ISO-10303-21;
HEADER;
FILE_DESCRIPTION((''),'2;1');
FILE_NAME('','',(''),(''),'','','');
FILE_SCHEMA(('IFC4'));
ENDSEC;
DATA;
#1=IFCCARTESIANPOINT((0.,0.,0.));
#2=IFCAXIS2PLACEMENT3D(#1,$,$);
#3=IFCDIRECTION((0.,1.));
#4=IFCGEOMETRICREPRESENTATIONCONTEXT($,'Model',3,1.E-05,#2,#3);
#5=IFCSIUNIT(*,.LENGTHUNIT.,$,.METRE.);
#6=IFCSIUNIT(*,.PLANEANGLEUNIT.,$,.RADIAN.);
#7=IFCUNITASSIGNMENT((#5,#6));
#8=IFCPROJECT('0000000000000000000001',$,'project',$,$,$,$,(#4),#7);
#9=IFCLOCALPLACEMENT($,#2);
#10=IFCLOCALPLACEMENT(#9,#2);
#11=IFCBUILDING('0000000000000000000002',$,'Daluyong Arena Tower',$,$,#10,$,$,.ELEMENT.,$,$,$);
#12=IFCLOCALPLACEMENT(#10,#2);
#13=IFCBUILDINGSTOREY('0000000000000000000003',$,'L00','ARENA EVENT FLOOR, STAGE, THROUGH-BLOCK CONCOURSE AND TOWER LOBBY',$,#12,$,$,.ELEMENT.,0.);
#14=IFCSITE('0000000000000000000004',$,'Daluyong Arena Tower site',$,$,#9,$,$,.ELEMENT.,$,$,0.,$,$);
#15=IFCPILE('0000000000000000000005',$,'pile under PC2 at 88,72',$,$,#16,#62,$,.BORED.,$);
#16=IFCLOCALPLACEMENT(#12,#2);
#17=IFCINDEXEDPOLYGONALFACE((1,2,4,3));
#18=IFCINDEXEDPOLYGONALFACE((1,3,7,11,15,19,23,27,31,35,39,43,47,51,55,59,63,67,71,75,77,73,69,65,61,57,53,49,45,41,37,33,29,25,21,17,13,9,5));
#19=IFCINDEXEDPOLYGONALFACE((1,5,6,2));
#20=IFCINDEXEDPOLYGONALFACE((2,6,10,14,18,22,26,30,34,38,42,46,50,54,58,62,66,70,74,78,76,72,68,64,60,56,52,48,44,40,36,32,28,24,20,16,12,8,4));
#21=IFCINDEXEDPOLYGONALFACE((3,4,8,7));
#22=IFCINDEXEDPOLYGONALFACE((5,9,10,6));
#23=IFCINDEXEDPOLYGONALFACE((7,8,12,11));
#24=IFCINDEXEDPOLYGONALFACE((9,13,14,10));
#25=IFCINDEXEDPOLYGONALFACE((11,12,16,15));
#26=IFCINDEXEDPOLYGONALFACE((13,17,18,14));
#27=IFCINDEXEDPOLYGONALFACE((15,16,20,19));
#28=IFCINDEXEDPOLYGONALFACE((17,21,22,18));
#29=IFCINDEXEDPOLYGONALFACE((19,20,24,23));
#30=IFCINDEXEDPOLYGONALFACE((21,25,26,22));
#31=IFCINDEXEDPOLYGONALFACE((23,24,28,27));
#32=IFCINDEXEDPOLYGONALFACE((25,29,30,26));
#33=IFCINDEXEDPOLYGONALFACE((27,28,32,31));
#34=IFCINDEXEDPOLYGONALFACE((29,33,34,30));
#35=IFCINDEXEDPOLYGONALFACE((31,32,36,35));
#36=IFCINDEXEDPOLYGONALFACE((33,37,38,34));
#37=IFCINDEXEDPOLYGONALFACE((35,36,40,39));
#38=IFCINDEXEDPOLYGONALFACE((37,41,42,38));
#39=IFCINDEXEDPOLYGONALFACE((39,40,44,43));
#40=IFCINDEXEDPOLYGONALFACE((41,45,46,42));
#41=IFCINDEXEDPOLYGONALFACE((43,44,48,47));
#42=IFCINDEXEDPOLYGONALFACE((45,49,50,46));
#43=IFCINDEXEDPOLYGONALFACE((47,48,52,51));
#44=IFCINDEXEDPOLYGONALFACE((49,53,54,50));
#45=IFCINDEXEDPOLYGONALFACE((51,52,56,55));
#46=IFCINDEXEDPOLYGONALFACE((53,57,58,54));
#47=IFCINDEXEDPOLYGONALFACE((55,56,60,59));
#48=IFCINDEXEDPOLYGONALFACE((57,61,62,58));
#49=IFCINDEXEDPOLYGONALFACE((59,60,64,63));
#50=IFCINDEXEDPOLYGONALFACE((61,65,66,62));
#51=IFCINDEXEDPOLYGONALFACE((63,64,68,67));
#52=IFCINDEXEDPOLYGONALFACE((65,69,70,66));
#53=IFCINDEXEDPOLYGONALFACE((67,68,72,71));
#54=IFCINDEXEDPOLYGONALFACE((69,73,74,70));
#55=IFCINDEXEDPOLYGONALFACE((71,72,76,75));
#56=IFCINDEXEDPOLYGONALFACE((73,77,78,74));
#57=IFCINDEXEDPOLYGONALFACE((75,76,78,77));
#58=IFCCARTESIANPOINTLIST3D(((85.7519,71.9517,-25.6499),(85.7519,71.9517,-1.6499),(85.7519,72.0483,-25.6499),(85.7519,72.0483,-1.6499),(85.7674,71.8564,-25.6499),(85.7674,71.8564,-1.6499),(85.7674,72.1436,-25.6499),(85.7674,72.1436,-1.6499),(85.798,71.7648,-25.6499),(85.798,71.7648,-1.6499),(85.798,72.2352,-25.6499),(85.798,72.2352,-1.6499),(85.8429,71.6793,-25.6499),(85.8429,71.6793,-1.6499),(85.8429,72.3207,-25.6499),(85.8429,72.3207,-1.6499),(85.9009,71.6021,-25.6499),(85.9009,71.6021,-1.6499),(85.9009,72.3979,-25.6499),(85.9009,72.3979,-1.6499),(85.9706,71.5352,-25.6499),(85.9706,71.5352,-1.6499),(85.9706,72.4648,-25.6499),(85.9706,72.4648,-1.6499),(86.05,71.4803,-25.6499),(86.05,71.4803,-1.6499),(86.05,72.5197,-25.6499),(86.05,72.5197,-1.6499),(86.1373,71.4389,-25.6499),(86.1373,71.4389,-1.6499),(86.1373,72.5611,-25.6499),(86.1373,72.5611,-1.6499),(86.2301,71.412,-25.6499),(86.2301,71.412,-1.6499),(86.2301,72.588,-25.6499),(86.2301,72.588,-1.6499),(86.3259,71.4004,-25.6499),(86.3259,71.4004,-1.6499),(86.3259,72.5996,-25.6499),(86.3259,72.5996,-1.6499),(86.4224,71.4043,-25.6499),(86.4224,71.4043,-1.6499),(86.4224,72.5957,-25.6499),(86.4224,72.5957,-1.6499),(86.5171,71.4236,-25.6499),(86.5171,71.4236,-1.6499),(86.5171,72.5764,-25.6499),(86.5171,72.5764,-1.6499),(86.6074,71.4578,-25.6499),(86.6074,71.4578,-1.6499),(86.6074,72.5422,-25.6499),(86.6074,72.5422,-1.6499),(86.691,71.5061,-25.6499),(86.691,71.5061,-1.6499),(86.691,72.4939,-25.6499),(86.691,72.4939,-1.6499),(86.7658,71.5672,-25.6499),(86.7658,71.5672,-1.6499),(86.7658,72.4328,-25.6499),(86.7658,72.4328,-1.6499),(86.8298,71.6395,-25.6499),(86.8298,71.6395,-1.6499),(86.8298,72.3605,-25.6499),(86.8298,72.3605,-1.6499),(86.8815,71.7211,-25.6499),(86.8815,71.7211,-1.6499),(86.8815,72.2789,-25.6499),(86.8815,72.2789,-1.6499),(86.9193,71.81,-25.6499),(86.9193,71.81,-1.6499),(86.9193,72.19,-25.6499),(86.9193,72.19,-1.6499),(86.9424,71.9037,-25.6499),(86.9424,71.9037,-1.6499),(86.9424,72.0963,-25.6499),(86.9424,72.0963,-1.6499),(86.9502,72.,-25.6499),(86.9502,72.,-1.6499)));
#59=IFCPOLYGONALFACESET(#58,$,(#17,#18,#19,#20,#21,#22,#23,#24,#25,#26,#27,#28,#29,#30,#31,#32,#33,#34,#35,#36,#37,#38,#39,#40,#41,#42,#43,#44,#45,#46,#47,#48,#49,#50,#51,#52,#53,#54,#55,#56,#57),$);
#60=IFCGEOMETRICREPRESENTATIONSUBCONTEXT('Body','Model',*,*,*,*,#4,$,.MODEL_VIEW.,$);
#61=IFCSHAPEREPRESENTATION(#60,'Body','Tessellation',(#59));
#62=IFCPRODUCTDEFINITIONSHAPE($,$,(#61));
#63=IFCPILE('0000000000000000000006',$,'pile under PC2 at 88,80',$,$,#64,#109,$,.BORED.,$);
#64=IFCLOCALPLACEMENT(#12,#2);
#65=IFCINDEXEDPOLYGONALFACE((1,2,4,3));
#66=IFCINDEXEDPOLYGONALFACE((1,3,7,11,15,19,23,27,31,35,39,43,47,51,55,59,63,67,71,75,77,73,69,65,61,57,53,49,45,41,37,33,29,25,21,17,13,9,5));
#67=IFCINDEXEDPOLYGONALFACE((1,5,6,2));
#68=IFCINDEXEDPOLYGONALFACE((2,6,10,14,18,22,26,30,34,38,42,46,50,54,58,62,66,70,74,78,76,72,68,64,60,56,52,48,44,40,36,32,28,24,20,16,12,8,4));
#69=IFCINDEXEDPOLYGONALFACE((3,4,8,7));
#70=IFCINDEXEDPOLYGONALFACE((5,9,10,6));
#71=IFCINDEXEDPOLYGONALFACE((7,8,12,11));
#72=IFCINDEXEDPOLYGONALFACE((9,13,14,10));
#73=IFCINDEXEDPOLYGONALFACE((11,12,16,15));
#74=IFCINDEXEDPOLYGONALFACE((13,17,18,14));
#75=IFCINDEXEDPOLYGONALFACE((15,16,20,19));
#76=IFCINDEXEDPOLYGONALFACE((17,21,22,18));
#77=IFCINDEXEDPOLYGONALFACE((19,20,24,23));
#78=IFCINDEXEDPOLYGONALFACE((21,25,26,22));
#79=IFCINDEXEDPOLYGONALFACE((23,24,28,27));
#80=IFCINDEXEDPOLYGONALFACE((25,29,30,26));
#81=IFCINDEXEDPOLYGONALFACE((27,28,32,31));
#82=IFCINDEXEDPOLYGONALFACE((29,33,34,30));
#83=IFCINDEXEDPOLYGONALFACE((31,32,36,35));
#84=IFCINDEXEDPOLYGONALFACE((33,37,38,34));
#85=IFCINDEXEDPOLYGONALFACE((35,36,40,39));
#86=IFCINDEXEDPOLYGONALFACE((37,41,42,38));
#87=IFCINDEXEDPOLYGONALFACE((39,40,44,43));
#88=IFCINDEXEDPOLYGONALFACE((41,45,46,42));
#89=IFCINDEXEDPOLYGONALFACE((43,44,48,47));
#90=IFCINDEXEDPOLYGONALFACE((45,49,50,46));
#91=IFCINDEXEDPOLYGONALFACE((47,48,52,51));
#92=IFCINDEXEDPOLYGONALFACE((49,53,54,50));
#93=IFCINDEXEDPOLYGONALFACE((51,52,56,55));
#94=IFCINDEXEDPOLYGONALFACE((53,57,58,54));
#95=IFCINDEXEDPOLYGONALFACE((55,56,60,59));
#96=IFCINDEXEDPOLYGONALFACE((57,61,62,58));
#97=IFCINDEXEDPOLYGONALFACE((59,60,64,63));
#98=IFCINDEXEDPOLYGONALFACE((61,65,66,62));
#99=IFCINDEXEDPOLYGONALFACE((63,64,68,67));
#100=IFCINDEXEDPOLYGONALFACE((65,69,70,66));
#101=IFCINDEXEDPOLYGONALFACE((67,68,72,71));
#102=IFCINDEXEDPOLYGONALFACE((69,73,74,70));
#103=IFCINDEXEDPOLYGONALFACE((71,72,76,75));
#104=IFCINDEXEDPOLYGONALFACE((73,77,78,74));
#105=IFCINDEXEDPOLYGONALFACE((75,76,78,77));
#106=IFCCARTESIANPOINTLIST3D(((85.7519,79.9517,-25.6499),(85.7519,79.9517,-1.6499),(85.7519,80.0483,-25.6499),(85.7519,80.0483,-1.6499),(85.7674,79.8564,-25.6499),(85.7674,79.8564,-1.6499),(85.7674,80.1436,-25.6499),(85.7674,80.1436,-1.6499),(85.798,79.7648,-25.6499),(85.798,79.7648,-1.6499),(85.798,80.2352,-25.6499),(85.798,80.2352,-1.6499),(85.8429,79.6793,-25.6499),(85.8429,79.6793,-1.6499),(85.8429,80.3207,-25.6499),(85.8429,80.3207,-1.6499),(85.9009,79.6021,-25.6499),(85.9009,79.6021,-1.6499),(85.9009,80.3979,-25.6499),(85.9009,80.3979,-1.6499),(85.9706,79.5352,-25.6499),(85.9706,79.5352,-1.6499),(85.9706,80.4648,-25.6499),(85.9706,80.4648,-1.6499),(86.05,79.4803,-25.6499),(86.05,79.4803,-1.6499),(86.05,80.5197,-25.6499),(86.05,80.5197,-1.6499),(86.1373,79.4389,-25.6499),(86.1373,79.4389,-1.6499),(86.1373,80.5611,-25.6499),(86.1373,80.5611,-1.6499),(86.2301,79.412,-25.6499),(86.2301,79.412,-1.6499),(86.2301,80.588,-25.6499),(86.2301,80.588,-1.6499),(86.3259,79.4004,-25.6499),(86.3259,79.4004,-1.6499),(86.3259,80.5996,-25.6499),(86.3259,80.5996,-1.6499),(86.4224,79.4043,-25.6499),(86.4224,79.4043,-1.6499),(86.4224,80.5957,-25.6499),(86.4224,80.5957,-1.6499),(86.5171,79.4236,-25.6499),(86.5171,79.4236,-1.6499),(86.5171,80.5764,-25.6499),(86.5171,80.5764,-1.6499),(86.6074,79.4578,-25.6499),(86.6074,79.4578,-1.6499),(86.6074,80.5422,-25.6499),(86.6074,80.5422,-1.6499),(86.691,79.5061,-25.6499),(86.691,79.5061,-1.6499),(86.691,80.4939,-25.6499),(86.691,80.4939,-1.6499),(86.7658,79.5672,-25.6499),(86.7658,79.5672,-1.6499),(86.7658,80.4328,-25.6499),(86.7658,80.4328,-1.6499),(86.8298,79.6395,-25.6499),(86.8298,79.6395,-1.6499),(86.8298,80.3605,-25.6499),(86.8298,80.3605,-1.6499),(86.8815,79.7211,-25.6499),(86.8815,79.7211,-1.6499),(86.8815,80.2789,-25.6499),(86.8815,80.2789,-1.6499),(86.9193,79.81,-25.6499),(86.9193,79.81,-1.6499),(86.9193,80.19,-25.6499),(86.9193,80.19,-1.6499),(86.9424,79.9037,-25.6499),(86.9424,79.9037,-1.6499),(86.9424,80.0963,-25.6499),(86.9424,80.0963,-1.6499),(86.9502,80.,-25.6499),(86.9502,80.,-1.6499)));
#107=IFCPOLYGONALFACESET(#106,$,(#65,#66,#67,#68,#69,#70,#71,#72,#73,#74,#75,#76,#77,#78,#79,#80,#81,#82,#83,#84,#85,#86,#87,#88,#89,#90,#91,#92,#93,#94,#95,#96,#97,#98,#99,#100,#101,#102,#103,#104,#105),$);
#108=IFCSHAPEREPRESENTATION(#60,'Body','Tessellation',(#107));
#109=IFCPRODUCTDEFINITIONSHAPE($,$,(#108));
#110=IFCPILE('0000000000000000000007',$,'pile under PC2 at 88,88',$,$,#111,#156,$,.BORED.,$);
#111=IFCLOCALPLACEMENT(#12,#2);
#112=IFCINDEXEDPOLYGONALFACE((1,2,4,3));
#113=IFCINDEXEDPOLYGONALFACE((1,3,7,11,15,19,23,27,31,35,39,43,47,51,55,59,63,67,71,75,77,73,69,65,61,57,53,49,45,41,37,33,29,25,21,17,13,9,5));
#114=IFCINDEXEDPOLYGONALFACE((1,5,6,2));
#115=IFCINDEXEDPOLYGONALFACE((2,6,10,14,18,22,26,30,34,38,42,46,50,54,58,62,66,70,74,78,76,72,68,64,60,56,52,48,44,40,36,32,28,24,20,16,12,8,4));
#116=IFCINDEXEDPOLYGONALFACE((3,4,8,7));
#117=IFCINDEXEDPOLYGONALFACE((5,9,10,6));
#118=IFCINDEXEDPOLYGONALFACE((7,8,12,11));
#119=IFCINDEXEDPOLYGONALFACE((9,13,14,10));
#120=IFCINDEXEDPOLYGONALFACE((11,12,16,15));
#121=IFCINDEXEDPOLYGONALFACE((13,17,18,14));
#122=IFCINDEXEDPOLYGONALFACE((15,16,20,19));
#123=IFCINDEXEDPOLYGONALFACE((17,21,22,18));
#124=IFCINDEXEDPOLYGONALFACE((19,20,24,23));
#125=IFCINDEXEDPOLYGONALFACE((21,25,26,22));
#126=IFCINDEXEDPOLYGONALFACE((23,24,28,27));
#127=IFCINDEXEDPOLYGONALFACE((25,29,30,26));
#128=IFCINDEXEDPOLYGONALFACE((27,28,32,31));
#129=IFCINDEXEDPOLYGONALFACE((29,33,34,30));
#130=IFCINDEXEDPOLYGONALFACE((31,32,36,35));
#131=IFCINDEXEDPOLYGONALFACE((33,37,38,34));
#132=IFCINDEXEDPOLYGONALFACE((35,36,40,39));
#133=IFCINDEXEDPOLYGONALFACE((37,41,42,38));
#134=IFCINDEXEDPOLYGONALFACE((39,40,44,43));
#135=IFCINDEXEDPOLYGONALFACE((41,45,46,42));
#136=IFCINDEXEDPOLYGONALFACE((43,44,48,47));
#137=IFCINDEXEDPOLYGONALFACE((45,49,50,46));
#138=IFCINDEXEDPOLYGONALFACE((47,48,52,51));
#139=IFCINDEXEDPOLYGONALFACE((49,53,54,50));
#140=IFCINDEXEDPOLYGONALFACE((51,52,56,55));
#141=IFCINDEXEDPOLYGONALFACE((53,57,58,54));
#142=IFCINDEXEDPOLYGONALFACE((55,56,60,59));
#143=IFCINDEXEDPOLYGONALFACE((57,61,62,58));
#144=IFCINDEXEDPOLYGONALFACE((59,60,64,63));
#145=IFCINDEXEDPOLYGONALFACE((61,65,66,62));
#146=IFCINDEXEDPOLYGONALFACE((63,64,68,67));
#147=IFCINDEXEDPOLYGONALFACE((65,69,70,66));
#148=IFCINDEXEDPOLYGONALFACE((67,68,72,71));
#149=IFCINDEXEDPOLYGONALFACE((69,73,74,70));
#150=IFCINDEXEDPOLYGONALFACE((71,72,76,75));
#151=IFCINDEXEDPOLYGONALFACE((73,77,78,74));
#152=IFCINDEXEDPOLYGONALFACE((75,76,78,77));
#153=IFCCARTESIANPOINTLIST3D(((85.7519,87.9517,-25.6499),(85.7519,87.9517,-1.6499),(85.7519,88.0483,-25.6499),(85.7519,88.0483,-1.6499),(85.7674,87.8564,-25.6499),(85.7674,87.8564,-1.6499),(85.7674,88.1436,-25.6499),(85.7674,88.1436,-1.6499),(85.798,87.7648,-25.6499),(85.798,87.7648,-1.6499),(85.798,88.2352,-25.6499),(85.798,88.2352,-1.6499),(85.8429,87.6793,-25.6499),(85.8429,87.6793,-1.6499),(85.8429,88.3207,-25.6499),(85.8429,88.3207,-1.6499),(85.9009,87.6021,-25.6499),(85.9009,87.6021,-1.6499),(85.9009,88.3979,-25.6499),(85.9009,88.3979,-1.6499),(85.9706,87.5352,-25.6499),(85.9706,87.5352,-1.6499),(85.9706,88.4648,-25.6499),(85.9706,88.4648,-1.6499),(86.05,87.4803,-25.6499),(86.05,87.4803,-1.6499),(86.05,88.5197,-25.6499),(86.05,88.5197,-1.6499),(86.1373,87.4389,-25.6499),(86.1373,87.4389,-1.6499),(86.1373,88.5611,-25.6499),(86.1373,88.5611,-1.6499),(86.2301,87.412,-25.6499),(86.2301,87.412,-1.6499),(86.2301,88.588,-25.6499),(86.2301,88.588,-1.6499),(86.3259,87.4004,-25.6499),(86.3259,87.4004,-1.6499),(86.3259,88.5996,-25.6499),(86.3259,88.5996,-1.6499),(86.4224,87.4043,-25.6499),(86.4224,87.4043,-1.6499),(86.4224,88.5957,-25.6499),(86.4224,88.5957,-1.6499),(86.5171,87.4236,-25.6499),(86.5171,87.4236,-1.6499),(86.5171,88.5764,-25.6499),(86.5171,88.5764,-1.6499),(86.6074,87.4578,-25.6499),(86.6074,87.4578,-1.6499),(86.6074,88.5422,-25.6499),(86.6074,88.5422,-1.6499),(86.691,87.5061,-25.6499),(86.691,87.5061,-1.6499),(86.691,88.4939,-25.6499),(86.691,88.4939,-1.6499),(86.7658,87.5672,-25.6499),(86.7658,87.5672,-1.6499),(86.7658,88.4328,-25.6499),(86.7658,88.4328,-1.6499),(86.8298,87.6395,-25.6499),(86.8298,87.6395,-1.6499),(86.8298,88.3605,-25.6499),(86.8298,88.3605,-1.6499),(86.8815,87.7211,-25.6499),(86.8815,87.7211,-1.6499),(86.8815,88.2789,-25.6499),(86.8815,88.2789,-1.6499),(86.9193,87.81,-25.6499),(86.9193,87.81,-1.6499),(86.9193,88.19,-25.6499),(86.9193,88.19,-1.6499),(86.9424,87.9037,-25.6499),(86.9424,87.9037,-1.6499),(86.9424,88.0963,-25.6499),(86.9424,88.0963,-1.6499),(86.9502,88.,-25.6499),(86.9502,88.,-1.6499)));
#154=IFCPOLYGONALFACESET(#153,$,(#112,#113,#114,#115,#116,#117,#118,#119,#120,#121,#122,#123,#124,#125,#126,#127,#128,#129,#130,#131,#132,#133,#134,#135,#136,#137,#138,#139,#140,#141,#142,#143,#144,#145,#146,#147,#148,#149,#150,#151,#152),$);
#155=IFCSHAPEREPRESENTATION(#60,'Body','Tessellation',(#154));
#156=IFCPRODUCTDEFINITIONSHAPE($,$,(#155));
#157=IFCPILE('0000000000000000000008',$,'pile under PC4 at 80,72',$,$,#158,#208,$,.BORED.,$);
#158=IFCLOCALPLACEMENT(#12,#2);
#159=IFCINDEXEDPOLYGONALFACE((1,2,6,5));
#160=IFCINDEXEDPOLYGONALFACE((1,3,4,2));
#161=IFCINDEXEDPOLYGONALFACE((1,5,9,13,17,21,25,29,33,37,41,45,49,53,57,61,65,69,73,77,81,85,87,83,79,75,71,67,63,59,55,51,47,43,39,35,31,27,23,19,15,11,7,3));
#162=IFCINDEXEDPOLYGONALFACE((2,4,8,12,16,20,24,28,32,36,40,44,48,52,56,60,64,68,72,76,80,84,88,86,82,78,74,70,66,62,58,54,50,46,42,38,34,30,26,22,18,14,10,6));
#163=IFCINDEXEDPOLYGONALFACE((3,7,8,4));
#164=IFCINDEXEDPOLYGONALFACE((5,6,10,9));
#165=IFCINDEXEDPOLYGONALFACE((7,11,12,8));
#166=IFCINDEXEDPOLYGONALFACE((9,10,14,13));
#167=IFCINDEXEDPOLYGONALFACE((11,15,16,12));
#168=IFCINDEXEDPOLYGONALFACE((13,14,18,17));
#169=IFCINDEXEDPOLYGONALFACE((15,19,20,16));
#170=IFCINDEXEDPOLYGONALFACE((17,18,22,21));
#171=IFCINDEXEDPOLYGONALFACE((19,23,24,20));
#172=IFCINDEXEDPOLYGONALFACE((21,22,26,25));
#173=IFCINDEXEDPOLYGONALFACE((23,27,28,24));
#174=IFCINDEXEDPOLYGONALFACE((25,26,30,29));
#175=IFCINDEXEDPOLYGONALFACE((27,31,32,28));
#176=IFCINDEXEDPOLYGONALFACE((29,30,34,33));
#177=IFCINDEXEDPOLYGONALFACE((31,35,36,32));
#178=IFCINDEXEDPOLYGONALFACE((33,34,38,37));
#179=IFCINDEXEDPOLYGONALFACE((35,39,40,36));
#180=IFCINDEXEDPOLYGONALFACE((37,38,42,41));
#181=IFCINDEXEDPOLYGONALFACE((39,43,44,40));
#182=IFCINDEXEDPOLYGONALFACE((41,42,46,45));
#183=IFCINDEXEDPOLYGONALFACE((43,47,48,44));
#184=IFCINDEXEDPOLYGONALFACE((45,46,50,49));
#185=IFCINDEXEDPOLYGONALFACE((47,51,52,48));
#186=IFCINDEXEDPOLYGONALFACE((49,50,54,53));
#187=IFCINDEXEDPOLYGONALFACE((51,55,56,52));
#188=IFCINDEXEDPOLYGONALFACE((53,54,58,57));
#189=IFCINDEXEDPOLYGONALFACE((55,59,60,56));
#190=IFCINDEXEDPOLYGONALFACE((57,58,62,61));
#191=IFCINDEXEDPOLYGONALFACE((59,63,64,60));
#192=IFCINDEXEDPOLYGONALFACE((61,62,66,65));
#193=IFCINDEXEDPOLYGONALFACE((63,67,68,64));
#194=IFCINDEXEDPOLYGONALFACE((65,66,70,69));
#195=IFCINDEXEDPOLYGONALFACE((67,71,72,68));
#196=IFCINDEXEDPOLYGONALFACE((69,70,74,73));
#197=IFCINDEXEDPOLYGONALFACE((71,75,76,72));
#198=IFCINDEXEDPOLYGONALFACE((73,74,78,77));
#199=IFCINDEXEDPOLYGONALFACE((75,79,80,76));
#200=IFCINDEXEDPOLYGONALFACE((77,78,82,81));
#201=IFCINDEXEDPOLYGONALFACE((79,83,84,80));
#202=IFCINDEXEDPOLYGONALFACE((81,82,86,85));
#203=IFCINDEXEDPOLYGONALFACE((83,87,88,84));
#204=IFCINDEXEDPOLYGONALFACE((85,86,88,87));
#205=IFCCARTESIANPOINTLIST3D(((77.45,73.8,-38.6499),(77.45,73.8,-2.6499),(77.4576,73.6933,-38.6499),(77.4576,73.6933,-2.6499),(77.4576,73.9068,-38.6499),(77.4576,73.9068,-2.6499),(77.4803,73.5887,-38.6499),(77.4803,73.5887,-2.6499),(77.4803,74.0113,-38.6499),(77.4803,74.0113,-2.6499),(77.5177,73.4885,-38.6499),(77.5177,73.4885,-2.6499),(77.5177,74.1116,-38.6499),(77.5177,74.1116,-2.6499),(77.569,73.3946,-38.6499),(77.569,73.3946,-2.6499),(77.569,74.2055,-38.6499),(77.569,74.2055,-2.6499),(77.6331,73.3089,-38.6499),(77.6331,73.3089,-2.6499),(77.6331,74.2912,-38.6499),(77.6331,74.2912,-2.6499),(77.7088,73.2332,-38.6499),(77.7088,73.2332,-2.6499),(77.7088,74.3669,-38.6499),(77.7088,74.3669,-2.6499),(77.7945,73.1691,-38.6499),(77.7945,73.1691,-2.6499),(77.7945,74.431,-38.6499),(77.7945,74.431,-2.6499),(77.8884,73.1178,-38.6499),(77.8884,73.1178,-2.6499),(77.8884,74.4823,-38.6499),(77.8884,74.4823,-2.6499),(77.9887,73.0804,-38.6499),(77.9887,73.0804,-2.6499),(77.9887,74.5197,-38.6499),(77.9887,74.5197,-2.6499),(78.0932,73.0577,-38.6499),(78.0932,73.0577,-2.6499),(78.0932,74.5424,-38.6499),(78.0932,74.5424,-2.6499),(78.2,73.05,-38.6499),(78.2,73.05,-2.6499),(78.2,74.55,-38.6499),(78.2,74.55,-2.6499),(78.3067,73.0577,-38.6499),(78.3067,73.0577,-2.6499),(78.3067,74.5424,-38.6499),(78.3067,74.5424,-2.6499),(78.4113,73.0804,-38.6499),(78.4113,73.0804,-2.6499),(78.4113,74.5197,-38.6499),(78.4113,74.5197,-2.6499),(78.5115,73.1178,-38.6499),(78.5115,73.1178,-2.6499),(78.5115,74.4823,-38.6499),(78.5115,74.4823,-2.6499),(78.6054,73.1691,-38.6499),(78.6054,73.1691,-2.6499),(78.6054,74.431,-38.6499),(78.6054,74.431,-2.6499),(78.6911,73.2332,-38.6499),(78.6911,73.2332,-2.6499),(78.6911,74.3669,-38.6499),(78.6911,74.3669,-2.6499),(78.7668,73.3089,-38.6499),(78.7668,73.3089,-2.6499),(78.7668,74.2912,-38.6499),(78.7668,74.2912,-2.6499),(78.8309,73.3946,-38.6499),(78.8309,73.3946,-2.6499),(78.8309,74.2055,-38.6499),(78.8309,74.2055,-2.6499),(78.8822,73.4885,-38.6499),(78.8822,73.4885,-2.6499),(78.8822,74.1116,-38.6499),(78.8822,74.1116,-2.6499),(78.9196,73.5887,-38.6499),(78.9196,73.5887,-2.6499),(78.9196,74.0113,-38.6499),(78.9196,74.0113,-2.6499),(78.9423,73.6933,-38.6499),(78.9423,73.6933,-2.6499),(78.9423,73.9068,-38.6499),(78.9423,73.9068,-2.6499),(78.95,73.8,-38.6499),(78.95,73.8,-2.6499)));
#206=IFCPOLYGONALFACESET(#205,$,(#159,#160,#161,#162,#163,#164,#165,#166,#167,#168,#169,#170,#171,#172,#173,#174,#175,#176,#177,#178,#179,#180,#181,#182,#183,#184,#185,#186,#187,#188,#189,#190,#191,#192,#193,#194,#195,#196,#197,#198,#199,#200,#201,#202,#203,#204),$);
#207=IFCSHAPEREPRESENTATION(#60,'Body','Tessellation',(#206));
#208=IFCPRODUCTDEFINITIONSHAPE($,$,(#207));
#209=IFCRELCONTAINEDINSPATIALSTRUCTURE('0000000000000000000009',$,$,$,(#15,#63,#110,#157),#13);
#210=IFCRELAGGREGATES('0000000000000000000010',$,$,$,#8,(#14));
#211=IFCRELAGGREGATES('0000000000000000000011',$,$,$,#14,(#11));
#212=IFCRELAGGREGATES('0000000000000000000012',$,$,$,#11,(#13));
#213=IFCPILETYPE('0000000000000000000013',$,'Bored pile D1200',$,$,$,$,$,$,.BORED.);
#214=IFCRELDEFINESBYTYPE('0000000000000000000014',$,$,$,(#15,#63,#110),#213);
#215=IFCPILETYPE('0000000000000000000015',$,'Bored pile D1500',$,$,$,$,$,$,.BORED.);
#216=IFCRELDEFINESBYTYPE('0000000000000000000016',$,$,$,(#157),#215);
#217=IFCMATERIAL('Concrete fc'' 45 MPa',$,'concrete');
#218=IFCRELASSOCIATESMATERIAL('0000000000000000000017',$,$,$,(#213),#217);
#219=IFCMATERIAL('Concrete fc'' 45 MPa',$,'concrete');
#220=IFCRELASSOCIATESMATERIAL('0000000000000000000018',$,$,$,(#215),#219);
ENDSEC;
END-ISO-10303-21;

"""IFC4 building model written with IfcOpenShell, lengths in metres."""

from ifc_helpers import new_model, si_unit, direction, frame, origin, origin_2d, place, context, subcontext, project, spatial, circle, extrude, material, type_object, element, save


model = new_model("IFC4")

# Units and contexts
model_context = context("Model", 3, precision=1e-05, world=origin(), true_north=direction((0.0, 1.0)))
body_context = subcontext(model_context, "Body", "Model", "MODEL_VIEW")
ifc_project = project(units=[si_unit("LENGTHUNIT", "METRE"), si_unit("PLANEANGLEUNIT", "RADIAN")], contexts=[model_context])

# Site, building, storey
site_placement = place(None, origin())
site = spatial("IfcSite", under=ifc_project, at=site_placement, Name="Daluyong Arena Tower site", CompositionType="ELEMENT", RefElevation=0.0)
building_placement = place(site_placement, origin())
building = spatial("IfcBuilding", under=site, at=building_placement, Name="Daluyong Arena Tower", CompositionType="ELEMENT")
storey_placement = place(building_placement, origin())
storey = spatial("IfcBuildingStorey", under=building, at=storey_placement, Name="L00", Description="ARENA EVENT FLOOR, STAGE, THROUGH-BLOCK CONCOURSE AND TOWER LOBBY", CompositionType="ELEMENT", Elevation=0.0)

# Piles
ifc_material_1 = material(Name="Concrete fc' 45 MPa", Category="concrete")
pile_type_1 = type_object("IfcPileType", Name="Bored pile D1200", PredefinedType="BORED", material=ifc_material_1)
for number, where, z_axis, x_axis, name in (
    (1, (86.3501, 72.0, -1.6499), (0.0, 0.0, -1.0), (1.0, 0.0, 0.0), "pile under PC2 at 88,72"),
    (2, (86.3501, 80.0, -1.6499), (0.0, 0.0, -1.0), (1.0, 0.0, 0.0), "pile under PC2 at 88,80"),
    (3, (86.3501, 88.0, -1.6499), (0.0, 0.0, -1.0), (1.0, 0.0, 0.0), "pile under PC2 at 88,88"),
):
    element("IfcPile", number, at=place(storey_placement, frame(where, z_axis=z_axis, x_axis=x_axis)), inside=storey, type_object=pile_type_1, Name=name, PredefinedType="BORED", context=body_context, shape_type="SweptSolid", body=[
        extrude(circle(Radius=0.6001, at=origin_2d()), origin(), (0.0, 0.0, 1.0), 24.0),
    ])
ifc_material_2 = material(Name="Concrete fc' 45 MPa", Category="concrete")
pile_type_2 = type_object("IfcPileType", Name="Bored pile D1500", PredefinedType="BORED", material=ifc_material_2)
for number, where, z_axis, x_axis, name in (
    (4, (78.2, 73.8, -2.6499), (0.0, 0.0, -1.0), (1.0, 0.0, 0.0), "pile under PC4 at 80,72"),
):
    element("IfcPile", number, at=place(storey_placement, frame(where, z_axis=z_axis, x_axis=x_axis)), inside=storey, type_object=pile_type_2, Name=name, PredefinedType="BORED", context=body_context, shape_type="SweptSolid", body=[
        extrude(circle(Radius=0.75, at=origin_2d()), origin(), (0.0, 0.0, 1.0), 36.0),
    ])

save(model, "model.ifc")
